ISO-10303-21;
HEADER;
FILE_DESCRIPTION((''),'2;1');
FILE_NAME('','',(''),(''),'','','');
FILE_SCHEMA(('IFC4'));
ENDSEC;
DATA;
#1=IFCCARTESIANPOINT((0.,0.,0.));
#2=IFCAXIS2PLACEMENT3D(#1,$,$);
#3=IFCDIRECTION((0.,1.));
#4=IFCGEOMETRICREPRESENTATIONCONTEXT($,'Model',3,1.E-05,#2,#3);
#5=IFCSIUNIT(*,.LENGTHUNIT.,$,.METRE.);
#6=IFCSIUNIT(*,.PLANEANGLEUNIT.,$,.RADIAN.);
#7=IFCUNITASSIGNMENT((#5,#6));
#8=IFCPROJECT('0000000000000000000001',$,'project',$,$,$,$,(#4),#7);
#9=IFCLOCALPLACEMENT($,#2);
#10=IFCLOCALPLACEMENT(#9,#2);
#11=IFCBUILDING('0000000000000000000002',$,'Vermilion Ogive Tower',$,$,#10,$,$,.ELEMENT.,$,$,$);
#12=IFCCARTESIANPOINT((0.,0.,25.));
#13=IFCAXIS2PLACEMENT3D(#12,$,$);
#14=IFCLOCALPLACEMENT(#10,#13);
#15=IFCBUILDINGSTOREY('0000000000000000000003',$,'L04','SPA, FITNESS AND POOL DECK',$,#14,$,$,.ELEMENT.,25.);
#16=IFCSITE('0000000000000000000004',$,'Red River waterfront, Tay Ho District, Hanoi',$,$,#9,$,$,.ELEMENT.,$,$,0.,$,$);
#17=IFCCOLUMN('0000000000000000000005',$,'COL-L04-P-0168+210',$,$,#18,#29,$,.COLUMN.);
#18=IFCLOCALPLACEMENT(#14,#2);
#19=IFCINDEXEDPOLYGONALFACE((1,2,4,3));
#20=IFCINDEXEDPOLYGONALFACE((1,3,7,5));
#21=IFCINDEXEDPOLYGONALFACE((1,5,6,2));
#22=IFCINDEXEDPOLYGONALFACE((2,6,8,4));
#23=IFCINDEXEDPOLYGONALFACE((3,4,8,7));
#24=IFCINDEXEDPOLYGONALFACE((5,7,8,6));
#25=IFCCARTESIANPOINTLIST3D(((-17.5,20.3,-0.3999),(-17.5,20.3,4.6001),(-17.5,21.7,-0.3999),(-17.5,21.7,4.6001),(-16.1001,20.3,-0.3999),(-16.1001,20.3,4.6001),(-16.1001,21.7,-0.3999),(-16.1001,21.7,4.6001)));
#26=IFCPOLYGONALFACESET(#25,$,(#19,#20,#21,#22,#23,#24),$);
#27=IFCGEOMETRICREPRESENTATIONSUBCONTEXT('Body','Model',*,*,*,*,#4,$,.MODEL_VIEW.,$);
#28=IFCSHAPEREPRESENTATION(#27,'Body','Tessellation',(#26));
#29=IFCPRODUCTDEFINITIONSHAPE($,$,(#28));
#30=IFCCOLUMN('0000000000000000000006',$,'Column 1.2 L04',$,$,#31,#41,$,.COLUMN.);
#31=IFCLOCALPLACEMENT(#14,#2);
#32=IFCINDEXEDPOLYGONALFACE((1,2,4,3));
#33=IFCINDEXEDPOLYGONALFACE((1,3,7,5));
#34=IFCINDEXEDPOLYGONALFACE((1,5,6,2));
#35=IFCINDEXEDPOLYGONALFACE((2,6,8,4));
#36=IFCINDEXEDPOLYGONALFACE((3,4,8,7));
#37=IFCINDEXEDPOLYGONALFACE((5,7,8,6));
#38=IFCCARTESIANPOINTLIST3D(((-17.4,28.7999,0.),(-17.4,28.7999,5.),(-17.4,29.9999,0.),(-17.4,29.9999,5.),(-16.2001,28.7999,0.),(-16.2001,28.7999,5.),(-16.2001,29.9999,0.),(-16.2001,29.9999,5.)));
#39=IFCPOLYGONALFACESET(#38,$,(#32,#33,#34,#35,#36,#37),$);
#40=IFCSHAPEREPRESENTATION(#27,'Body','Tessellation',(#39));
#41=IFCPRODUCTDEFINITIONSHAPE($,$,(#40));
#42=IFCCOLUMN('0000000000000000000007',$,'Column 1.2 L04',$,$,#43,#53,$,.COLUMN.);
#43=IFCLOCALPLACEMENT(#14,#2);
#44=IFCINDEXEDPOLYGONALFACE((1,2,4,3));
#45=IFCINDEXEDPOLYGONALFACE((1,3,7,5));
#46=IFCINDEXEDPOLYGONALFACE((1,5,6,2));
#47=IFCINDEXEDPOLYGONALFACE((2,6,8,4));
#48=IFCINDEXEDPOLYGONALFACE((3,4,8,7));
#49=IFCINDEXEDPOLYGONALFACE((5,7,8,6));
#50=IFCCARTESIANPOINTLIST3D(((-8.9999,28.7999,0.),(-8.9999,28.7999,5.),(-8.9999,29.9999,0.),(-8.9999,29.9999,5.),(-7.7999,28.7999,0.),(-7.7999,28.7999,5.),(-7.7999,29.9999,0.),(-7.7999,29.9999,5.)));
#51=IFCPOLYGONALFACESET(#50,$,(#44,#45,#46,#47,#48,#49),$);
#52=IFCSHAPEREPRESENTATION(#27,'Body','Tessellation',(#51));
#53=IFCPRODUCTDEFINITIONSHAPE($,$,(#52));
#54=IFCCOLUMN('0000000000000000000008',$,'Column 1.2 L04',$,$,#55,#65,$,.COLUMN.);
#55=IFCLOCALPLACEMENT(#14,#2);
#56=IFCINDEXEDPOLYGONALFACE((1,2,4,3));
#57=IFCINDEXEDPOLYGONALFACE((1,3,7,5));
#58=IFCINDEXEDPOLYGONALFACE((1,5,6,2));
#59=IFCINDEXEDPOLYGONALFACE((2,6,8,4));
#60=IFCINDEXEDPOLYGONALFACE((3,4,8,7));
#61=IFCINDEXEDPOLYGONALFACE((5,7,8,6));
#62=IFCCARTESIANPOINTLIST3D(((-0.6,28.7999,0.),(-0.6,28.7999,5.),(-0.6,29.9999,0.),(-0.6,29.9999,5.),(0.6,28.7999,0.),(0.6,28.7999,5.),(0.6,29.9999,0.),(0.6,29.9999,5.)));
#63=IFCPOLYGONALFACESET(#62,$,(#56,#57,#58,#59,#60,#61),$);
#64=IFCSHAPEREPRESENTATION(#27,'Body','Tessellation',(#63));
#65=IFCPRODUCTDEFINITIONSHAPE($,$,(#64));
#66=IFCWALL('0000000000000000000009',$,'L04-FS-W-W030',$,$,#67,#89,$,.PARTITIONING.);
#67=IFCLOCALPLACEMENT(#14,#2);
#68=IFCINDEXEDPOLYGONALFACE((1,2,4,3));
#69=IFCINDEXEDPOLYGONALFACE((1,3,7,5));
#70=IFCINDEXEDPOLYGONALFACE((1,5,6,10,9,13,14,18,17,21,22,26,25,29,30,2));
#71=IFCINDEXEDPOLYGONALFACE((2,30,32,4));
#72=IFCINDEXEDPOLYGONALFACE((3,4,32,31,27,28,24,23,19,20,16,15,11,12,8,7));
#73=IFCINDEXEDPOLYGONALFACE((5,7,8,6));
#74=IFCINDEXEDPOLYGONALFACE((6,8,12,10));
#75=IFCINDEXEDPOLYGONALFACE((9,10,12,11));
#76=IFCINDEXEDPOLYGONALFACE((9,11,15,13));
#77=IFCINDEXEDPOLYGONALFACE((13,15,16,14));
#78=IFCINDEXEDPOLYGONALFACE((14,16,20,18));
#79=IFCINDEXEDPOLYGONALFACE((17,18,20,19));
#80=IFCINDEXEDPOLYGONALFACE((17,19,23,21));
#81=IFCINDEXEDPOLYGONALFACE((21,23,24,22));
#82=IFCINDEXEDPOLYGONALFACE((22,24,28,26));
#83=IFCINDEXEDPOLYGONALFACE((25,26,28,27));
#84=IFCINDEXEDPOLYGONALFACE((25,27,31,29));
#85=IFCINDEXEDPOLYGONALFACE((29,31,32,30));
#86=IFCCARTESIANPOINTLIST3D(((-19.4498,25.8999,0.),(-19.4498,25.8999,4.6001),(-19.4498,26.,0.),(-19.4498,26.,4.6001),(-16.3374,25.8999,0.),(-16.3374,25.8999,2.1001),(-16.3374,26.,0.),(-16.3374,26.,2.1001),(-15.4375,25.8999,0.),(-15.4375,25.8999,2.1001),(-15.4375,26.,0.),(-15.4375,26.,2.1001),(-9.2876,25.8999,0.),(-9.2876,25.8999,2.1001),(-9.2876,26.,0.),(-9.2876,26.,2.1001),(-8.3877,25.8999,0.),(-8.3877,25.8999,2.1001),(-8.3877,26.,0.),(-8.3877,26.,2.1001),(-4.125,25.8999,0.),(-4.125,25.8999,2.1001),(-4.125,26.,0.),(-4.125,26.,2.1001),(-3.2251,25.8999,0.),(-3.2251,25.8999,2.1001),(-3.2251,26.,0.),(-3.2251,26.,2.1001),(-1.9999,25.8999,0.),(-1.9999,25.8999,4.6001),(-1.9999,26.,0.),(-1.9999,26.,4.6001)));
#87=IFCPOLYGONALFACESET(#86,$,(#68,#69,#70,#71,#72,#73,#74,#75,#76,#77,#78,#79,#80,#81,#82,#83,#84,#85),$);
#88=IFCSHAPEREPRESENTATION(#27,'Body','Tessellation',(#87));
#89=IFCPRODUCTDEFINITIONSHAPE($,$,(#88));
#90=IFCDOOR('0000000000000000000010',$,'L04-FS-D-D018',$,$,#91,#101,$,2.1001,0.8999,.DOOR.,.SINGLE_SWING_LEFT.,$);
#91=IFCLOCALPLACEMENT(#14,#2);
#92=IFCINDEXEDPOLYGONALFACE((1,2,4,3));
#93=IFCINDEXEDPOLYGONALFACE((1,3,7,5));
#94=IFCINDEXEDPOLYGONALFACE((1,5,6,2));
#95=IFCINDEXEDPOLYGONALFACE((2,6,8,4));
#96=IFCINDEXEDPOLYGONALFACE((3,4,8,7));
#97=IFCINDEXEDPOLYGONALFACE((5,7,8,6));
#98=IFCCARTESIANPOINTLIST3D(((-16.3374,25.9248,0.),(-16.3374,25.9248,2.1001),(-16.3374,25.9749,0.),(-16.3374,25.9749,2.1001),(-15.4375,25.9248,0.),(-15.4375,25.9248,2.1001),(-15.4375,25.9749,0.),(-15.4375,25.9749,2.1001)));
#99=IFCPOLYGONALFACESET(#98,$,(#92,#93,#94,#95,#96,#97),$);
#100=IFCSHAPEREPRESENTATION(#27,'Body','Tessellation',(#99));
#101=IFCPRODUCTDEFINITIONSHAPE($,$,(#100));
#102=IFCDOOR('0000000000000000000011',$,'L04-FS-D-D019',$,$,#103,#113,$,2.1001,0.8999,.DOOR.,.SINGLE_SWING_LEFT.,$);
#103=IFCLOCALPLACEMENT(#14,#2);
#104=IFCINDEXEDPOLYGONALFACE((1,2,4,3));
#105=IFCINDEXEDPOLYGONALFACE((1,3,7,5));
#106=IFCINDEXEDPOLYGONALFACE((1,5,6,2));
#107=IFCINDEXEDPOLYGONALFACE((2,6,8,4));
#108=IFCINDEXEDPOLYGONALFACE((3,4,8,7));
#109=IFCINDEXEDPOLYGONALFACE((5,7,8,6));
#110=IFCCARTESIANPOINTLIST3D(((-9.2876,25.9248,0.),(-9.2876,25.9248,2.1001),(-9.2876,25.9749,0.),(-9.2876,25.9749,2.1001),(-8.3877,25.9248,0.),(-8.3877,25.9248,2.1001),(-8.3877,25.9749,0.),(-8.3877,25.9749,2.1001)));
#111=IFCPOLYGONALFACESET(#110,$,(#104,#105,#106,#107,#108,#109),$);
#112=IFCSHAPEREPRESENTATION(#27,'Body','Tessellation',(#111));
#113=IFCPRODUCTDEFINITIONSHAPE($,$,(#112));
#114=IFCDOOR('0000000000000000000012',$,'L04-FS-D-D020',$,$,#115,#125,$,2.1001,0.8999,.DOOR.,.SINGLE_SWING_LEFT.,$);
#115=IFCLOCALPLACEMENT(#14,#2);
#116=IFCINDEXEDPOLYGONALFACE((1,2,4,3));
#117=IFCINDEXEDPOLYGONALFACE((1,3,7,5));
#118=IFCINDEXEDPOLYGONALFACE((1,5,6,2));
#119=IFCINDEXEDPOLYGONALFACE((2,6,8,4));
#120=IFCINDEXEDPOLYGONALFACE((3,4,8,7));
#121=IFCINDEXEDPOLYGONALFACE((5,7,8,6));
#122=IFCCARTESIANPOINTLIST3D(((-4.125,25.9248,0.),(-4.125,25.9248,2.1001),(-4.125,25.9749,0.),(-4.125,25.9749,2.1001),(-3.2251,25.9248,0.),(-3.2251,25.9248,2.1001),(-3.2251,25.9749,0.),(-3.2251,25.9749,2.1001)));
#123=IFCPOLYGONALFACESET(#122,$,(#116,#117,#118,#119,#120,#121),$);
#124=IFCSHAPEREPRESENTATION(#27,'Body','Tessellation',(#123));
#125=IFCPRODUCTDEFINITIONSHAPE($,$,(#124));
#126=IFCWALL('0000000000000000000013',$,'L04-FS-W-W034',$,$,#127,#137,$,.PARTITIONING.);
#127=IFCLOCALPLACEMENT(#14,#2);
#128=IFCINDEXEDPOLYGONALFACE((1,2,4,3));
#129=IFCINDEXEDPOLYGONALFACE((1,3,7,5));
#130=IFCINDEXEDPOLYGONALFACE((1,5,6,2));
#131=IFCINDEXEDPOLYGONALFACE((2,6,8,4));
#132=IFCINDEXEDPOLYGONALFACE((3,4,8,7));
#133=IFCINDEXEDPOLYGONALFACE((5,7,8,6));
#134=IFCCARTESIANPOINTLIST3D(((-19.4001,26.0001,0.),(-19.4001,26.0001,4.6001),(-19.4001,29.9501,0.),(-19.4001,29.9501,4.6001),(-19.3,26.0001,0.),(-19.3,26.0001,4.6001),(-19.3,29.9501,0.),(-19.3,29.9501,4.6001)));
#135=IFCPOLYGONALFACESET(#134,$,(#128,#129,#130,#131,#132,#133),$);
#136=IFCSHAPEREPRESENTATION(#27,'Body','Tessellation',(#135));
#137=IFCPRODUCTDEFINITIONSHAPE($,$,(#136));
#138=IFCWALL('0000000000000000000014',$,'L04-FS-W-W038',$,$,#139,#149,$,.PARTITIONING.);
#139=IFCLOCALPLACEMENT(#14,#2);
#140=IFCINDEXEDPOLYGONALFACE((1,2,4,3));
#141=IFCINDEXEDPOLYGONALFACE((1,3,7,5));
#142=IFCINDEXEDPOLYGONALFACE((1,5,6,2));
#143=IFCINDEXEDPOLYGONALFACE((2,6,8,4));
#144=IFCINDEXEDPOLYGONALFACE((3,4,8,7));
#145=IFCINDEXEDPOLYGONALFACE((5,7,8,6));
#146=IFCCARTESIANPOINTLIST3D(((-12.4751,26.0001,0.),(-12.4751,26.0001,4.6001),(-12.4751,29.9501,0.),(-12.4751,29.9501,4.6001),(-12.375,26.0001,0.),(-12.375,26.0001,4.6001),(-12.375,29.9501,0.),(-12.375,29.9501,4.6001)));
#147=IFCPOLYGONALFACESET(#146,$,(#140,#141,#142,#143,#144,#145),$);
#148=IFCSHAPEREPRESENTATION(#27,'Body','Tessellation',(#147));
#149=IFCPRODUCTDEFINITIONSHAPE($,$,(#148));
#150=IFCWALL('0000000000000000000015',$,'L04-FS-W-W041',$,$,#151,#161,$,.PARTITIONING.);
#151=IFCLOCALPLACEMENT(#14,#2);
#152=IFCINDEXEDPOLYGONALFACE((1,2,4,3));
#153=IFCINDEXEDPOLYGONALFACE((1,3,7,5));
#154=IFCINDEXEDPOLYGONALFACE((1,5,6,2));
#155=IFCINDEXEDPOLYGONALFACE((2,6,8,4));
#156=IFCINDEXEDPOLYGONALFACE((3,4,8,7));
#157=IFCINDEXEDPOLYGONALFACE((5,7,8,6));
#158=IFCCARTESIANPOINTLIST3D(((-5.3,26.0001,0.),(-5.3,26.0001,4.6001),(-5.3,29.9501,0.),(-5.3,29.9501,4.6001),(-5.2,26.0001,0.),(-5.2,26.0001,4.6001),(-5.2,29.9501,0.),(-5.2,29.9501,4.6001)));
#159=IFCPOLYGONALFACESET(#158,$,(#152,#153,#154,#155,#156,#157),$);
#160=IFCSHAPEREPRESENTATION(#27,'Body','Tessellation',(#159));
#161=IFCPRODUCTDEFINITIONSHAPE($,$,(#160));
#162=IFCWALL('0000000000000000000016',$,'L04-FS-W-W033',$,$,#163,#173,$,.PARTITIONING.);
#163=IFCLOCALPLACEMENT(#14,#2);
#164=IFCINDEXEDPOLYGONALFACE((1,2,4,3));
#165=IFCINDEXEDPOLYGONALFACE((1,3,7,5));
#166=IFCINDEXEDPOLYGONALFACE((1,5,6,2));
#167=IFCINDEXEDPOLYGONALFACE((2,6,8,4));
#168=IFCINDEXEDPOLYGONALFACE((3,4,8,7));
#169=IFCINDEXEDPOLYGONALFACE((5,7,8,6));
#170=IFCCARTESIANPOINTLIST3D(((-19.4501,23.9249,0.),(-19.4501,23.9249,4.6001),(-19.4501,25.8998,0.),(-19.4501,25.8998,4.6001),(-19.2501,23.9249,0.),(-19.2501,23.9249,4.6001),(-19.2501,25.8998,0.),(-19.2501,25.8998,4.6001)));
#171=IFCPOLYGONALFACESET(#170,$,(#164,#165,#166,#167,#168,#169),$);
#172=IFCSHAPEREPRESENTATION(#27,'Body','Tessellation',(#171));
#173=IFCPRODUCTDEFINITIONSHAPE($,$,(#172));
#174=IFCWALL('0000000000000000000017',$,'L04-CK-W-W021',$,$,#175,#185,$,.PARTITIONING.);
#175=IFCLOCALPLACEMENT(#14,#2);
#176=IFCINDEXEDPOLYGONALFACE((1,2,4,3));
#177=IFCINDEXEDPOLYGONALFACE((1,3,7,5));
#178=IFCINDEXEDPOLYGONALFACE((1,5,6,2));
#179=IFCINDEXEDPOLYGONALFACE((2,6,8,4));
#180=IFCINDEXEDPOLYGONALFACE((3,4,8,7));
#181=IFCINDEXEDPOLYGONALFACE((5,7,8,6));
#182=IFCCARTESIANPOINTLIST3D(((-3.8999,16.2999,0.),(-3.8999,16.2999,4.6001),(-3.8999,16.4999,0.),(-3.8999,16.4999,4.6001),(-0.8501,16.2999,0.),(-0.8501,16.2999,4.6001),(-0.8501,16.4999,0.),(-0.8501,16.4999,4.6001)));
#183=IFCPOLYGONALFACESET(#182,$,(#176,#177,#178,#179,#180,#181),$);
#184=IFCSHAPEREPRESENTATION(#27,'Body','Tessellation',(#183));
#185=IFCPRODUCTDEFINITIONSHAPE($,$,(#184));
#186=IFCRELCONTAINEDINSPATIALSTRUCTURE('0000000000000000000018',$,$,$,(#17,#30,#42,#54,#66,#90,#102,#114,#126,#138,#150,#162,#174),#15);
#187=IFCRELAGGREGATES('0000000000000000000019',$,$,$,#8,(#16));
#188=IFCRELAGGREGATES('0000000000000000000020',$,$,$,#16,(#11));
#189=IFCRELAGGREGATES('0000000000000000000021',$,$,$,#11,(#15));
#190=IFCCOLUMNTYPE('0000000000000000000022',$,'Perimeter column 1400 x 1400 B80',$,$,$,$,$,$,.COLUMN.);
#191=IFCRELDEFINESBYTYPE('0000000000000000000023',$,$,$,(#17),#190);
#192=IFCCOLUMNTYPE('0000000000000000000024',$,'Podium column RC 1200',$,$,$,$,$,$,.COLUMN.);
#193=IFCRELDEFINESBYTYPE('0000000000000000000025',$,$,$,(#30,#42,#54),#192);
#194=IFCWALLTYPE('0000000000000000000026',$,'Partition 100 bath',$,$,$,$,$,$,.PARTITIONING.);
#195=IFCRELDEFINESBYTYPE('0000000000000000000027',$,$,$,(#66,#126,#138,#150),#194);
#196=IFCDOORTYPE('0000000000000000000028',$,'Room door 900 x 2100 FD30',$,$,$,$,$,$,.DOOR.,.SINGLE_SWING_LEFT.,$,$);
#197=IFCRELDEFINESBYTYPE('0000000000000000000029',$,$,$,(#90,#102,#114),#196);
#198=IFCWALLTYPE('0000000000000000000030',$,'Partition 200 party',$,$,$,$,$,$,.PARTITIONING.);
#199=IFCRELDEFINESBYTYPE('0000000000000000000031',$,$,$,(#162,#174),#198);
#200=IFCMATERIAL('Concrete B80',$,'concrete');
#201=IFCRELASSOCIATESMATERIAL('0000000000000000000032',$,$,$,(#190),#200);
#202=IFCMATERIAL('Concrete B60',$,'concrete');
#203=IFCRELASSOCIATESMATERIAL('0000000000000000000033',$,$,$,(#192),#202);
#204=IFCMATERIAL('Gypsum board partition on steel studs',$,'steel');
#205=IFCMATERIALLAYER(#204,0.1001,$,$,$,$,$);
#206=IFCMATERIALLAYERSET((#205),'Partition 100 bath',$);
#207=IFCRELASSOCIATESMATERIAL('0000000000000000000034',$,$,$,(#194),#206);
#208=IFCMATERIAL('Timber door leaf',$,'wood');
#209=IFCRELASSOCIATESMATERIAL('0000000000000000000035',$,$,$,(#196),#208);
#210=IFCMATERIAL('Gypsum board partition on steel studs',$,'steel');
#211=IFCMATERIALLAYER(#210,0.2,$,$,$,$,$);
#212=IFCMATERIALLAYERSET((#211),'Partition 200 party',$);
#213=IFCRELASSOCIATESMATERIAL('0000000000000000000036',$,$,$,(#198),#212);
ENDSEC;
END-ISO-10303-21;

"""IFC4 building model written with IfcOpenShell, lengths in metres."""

from ifc_helpers import new_model, si_unit, direction, frame, frame_2d, origin, origin_2d, place, context, subcontext, project, spatial, rectangle, extrude, material, layer, layer_set, material_profile, profile_set, type_object, element, fill, save


model = new_model("IFC4")

# Units and contexts
model_context = context("Model", 3, precision=1e-05, world=origin(), true_north=direction((0.0, 1.0)))
body_context = subcontext(model_context, "Body", "Model", "MODEL_VIEW")
ifc_project = project(units=[si_unit("LENGTHUNIT", "METRE"), si_unit("PLANEANGLEUNIT", "RADIAN")], contexts=[model_context])

# Site, building, storey
site_placement = place(None, origin())
site = spatial("IfcSite", under=ifc_project, at=site_placement, Name="Red River waterfront, Tay Ho District, Hanoi", CompositionType="ELEMENT", RefElevation=0.0)
building_placement = place(site_placement, origin())
building = spatial("IfcBuilding", under=site, at=building_placement, Name="Vermilion Ogive Tower", CompositionType="ELEMENT")
storey_placement = place(building_placement, frame((0.0, 0.0, 25.0)))
storey = spatial("IfcBuildingStorey", under=building, at=storey_placement, Name="L04", Description="SPA, FITNESS AND POOL DECK", CompositionType="ELEMENT", Elevation=25.0)

# Columns
ifc_material_1 = material(Name="Concrete B80", Category="concrete")
ifc_material_profile_1 = material_profile(ifc_material_1, rectangle(XDim=1.3999, YDim=1.3999, at=origin_2d()), Name="1400 x 1400")
ifc_profile_set_1 = profile_set([ifc_material_profile_1], Name="Concrete B80")
column_type_1 = type_object("IfcColumnType", Name="Perimeter column 1400 x 1400 B80", PredefinedType="COLUMN", material=ifc_profile_set_1)
column_placement = place(storey_placement, frame((-16.8, 21.0, -0.3999), z_axis=(0.0, 0.0, 1.0), x_axis=(1.0, 0.0, 0.0)))
element("IfcColumn", 1, at=column_placement, inside=storey, type_object=column_type_1, Name="COL-L04-P-0168+210", PredefinedType="COLUMN", context=body_context, shape_type="SweptSolid", body=[
    extrude(rectangle(XDim=1.3999, YDim=1.3999, at=origin_2d()), origin(), (0.0, 0.0, 1.0), 5.0),
])
ifc_material_2 = material(Name="Concrete B60", Category="concrete")
ifc_material_profile_2 = material_profile(ifc_material_2, rectangle(XDim=1.2, YDim=1.2, at=origin_2d()), Name="RC 1200x1200")
ifc_profile_set_2 = profile_set([ifc_material_profile_2], Name="Concrete B60")
column_type_2 = type_object("IfcColumnType", Name="Podium column RC 1200", PredefinedType="COLUMN", material=ifc_profile_set_2)
for number, where, z_axis, x_axis, name in (
    (2, (-16.8, 29.3999, 0.0), (0.0, 0.0, 1.0), (1.0, 0.0, 0.0), "Column 1.2 L04"),
    (3, (-8.3999, 29.3999, 0.0), (0.0, 0.0, 1.0), (1.0, 0.0, 0.0), "Column 1.2 L04"),
    (4, (0.0, 29.3999, 0.0), (0.0, 0.0, 1.0), (1.0, 0.0, 0.0), "Column 1.2 L04"),
):
    element("IfcColumn", number, at=place(storey_placement, frame(where, z_axis=z_axis, x_axis=x_axis)), inside=storey, type_object=column_type_2, Name=name, PredefinedType="COLUMN", context=body_context, shape_type="SweptSolid", body=[
        extrude(rectangle(XDim=1.2, YDim=1.2, at=origin_2d()), origin(), (0.0, 0.0, 1.0), 5.0),
    ])

# Wall, openings, doors
ifc_material_3 = material(Name="Gypsum board partition on steel studs", Category="steel")
ifc_layer_1 = layer(ifc_material_3, 0.1001)
ifc_layer_set_1 = layer_set([ifc_layer_1], Name="Partition 100 bath")
wall_type_1 = type_object("IfcWallType", Name="Partition 100 bath", PredefinedType="PARTITIONING", material=ifc_layer_set_1)
wall_1_placement = place(storey_placement, frame((-19.45, 25.95, 0.0), z_axis=(0.0, 0.0, 1.0), x_axis=(1.0, 0.0, 0.0)))
wall_1 = element("IfcWall", 5, at=wall_1_placement, inside=storey, type_object=wall_type_1, Name="L04-FS-W-W030", PredefinedType="PARTITIONING", context=body_context, shape_type="SweptSolid", body=[
    extrude(rectangle(XDim=17.45, YDim=0.1001, at=frame_2d((8.7251, 0.0))), origin(), (0.0, 0.0, 1.0), 4.6001),
])
opening_1_placement = place(wall_1_placement, frame((3.1125, 0.0, 0.0)))
opening_1 = element("IfcOpeningElement", 6, at=opening_1_placement, cuts=wall_1, PredefinedType="OPENING", context=body_context, shape_type="SweptSolid", body=[
    extrude(rectangle(XDim=0.8999, YDim=2.1001, at=frame_2d((0.45, 1.05))), frame((0.0, 0.0601, 0.0), z_axis=(0.0, -1.0, 0.0), x_axis=(1.0, 0.0, 0.0)), (0.0, 0.0, 1.0), 0.1201),
])
opening_2_placement = place(wall_1_placement, frame((10.1624, 0.0, 0.0)))
opening_2 = element("IfcOpeningElement", 7, at=opening_2_placement, cuts=wall_1, PredefinedType="OPENING", context=body_context, shape_type="SweptSolid", body=[
    extrude(rectangle(XDim=0.8999, YDim=2.1001, at=frame_2d((0.45, 1.05))), frame((0.0, 0.0601, 0.0), z_axis=(0.0, -1.0, 0.0), x_axis=(1.0, 0.0, 0.0)), (0.0, 0.0, 1.0), 0.1201),
])
opening_3_placement = place(wall_1_placement, frame((15.325, 0.0, 0.0)))
opening_3 = element("IfcOpeningElement", 8, at=opening_3_placement, cuts=wall_1, PredefinedType="OPENING", context=body_context, shape_type="SweptSolid", body=[
    extrude(rectangle(XDim=0.8999, YDim=2.1001, at=frame_2d((0.45, 1.05))), frame((0.0, 0.0601, 0.0), z_axis=(0.0, -1.0, 0.0), x_axis=(1.0, 0.0, 0.0)), (0.0, 0.0, 1.0), 0.1201),
])
ifc_material_4 = material(Name="Timber door leaf", Category="wood")
door_type = type_object("IfcDoorType", Name="Room door 900 x 2100 FD30", OperationType="SINGLE_SWING_LEFT", PredefinedType="DOOR", material=ifc_material_4)
door_1_placement = place(opening_1_placement, origin())
door_1 = element("IfcDoor", 9, at=door_1_placement, inside=storey, type_object=door_type, Name="L04-FS-D-D018", OperationType="SINGLE_SWING_LEFT", OverallHeight=2.1001, OverallWidth=0.8999, PredefinedType="DOOR", context=body_context, shape_type="SweptSolid", body=[
    extrude(rectangle(XDim=0.8999, YDim=2.1001, at=frame_2d((0.45, 1.05))), frame((0.0, 0.0249, 0.0), z_axis=(0.0, -1.0, 0.0), x_axis=(1.0, 0.0, 0.0)), (0.0, 0.0, 1.0), 0.05),
])
fill(opening_1, door_1)
door_2_placement = place(opening_2_placement, origin())
door_2 = element("IfcDoor", 10, at=door_2_placement, inside=storey, type_object=door_type, Name="L04-FS-D-D019", OperationType="SINGLE_SWING_LEFT", OverallHeight=2.1001, OverallWidth=0.8999, PredefinedType="DOOR", context=body_context, shape_type="SweptSolid", body=[
    extrude(rectangle(XDim=0.8999, YDim=2.1001, at=frame_2d((0.45, 1.05))), frame((0.0, 0.0249, 0.0), z_axis=(0.0, -1.0, 0.0), x_axis=(1.0, 0.0, 0.0)), (0.0, 0.0, 1.0), 0.05),
])
fill(opening_2, door_2)
door_3_placement = place(opening_3_placement, origin())
door_3 = element("IfcDoor", 11, at=door_3_placement, inside=storey, type_object=door_type, Name="L04-FS-D-D020", OperationType="SINGLE_SWING_LEFT", OverallHeight=2.1001, OverallWidth=0.8999, PredefinedType="DOOR", context=body_context, shape_type="SweptSolid", body=[
    extrude(rectangle(XDim=0.8999, YDim=2.1001, at=frame_2d((0.45, 1.05))), frame((0.0, 0.0249, 0.0), z_axis=(0.0, -1.0, 0.0), x_axis=(1.0, 0.0, 0.0)), (0.0, 0.0, 1.0), 0.05),
])
fill(opening_3, door_3)

# Walls
for number, where, z_axis, x_axis, name in (
    (12, (-19.3501, 26.0, 0.0), (0.0, 0.0, 1.0), (0.0, 1.0, 0.0), "L04-FS-W-W034"),
    (13, (-12.425, 26.0, 0.0), (0.0, 0.0, 1.0), (0.0, 1.0, 0.0), "L04-FS-W-W038"),
    (14, (-5.25, 26.0, 0.0), (0.0, 0.0, 1.0), (0.0, 1.0, 0.0), "L04-FS-W-W041"),
):
    element("IfcWall", number, at=place(storey_placement, frame(where, z_axis=z_axis, x_axis=x_axis)), inside=storey, type_object=wall_type_1, Name=name, PredefinedType="PARTITIONING", context=body_context, shape_type="SweptSolid", body=[
        extrude(rectangle(XDim=3.95, YDim=0.1001, at=frame_2d((1.9751, 0.0))), origin(), (0.0, 0.0, 1.0), 4.6001),
    ])
ifc_material_5 = material(Name="Gypsum board partition on steel studs", Category="steel")
ifc_layer_2 = layer(ifc_material_5, 0.2)
ifc_layer_set_2 = layer_set([ifc_layer_2], Name="Partition 200 party")
wall_type_2 = type_object("IfcWallType", Name="Partition 200 party", PredefinedType="PARTITIONING", material=ifc_layer_set_2)
wall_2_placement = place(storey_placement, frame((-19.3501, 23.925, 0.0), z_axis=(0.0, 0.0, 1.0), x_axis=(0.0, 1.0, 0.0)))
element("IfcWall", 15, at=wall_2_placement, inside=storey, type_object=wall_type_2, Name="L04-FS-W-W033", PredefinedType="PARTITIONING", context=body_context, shape_type="SweptSolid", body=[
    extrude(rectangle(XDim=1.9749, YDim=0.2, at=frame_2d((0.9873, 0.0))), origin(), (0.0, 0.0, 1.0), 4.6001),
])
wall_3_placement = place(storey_placement, frame((-3.8999, 16.3999, 0.0), z_axis=(0.0, 0.0, 1.0), x_axis=(1.0, 0.0, 0.0)))
element("IfcWall", 16, at=wall_3_placement, inside=storey, type_object=wall_type_2, Name="L04-CK-W-W021", PredefinedType="PARTITIONING", context=body_context, shape_type="SweptSolid", body=[
    extrude(rectangle(XDim=3.0498, YDim=0.2, at=frame_2d((1.5249, 0.0))), origin(), (0.0, 0.0, 1.0), 4.6001),
])

save(model, "model.ifc")
